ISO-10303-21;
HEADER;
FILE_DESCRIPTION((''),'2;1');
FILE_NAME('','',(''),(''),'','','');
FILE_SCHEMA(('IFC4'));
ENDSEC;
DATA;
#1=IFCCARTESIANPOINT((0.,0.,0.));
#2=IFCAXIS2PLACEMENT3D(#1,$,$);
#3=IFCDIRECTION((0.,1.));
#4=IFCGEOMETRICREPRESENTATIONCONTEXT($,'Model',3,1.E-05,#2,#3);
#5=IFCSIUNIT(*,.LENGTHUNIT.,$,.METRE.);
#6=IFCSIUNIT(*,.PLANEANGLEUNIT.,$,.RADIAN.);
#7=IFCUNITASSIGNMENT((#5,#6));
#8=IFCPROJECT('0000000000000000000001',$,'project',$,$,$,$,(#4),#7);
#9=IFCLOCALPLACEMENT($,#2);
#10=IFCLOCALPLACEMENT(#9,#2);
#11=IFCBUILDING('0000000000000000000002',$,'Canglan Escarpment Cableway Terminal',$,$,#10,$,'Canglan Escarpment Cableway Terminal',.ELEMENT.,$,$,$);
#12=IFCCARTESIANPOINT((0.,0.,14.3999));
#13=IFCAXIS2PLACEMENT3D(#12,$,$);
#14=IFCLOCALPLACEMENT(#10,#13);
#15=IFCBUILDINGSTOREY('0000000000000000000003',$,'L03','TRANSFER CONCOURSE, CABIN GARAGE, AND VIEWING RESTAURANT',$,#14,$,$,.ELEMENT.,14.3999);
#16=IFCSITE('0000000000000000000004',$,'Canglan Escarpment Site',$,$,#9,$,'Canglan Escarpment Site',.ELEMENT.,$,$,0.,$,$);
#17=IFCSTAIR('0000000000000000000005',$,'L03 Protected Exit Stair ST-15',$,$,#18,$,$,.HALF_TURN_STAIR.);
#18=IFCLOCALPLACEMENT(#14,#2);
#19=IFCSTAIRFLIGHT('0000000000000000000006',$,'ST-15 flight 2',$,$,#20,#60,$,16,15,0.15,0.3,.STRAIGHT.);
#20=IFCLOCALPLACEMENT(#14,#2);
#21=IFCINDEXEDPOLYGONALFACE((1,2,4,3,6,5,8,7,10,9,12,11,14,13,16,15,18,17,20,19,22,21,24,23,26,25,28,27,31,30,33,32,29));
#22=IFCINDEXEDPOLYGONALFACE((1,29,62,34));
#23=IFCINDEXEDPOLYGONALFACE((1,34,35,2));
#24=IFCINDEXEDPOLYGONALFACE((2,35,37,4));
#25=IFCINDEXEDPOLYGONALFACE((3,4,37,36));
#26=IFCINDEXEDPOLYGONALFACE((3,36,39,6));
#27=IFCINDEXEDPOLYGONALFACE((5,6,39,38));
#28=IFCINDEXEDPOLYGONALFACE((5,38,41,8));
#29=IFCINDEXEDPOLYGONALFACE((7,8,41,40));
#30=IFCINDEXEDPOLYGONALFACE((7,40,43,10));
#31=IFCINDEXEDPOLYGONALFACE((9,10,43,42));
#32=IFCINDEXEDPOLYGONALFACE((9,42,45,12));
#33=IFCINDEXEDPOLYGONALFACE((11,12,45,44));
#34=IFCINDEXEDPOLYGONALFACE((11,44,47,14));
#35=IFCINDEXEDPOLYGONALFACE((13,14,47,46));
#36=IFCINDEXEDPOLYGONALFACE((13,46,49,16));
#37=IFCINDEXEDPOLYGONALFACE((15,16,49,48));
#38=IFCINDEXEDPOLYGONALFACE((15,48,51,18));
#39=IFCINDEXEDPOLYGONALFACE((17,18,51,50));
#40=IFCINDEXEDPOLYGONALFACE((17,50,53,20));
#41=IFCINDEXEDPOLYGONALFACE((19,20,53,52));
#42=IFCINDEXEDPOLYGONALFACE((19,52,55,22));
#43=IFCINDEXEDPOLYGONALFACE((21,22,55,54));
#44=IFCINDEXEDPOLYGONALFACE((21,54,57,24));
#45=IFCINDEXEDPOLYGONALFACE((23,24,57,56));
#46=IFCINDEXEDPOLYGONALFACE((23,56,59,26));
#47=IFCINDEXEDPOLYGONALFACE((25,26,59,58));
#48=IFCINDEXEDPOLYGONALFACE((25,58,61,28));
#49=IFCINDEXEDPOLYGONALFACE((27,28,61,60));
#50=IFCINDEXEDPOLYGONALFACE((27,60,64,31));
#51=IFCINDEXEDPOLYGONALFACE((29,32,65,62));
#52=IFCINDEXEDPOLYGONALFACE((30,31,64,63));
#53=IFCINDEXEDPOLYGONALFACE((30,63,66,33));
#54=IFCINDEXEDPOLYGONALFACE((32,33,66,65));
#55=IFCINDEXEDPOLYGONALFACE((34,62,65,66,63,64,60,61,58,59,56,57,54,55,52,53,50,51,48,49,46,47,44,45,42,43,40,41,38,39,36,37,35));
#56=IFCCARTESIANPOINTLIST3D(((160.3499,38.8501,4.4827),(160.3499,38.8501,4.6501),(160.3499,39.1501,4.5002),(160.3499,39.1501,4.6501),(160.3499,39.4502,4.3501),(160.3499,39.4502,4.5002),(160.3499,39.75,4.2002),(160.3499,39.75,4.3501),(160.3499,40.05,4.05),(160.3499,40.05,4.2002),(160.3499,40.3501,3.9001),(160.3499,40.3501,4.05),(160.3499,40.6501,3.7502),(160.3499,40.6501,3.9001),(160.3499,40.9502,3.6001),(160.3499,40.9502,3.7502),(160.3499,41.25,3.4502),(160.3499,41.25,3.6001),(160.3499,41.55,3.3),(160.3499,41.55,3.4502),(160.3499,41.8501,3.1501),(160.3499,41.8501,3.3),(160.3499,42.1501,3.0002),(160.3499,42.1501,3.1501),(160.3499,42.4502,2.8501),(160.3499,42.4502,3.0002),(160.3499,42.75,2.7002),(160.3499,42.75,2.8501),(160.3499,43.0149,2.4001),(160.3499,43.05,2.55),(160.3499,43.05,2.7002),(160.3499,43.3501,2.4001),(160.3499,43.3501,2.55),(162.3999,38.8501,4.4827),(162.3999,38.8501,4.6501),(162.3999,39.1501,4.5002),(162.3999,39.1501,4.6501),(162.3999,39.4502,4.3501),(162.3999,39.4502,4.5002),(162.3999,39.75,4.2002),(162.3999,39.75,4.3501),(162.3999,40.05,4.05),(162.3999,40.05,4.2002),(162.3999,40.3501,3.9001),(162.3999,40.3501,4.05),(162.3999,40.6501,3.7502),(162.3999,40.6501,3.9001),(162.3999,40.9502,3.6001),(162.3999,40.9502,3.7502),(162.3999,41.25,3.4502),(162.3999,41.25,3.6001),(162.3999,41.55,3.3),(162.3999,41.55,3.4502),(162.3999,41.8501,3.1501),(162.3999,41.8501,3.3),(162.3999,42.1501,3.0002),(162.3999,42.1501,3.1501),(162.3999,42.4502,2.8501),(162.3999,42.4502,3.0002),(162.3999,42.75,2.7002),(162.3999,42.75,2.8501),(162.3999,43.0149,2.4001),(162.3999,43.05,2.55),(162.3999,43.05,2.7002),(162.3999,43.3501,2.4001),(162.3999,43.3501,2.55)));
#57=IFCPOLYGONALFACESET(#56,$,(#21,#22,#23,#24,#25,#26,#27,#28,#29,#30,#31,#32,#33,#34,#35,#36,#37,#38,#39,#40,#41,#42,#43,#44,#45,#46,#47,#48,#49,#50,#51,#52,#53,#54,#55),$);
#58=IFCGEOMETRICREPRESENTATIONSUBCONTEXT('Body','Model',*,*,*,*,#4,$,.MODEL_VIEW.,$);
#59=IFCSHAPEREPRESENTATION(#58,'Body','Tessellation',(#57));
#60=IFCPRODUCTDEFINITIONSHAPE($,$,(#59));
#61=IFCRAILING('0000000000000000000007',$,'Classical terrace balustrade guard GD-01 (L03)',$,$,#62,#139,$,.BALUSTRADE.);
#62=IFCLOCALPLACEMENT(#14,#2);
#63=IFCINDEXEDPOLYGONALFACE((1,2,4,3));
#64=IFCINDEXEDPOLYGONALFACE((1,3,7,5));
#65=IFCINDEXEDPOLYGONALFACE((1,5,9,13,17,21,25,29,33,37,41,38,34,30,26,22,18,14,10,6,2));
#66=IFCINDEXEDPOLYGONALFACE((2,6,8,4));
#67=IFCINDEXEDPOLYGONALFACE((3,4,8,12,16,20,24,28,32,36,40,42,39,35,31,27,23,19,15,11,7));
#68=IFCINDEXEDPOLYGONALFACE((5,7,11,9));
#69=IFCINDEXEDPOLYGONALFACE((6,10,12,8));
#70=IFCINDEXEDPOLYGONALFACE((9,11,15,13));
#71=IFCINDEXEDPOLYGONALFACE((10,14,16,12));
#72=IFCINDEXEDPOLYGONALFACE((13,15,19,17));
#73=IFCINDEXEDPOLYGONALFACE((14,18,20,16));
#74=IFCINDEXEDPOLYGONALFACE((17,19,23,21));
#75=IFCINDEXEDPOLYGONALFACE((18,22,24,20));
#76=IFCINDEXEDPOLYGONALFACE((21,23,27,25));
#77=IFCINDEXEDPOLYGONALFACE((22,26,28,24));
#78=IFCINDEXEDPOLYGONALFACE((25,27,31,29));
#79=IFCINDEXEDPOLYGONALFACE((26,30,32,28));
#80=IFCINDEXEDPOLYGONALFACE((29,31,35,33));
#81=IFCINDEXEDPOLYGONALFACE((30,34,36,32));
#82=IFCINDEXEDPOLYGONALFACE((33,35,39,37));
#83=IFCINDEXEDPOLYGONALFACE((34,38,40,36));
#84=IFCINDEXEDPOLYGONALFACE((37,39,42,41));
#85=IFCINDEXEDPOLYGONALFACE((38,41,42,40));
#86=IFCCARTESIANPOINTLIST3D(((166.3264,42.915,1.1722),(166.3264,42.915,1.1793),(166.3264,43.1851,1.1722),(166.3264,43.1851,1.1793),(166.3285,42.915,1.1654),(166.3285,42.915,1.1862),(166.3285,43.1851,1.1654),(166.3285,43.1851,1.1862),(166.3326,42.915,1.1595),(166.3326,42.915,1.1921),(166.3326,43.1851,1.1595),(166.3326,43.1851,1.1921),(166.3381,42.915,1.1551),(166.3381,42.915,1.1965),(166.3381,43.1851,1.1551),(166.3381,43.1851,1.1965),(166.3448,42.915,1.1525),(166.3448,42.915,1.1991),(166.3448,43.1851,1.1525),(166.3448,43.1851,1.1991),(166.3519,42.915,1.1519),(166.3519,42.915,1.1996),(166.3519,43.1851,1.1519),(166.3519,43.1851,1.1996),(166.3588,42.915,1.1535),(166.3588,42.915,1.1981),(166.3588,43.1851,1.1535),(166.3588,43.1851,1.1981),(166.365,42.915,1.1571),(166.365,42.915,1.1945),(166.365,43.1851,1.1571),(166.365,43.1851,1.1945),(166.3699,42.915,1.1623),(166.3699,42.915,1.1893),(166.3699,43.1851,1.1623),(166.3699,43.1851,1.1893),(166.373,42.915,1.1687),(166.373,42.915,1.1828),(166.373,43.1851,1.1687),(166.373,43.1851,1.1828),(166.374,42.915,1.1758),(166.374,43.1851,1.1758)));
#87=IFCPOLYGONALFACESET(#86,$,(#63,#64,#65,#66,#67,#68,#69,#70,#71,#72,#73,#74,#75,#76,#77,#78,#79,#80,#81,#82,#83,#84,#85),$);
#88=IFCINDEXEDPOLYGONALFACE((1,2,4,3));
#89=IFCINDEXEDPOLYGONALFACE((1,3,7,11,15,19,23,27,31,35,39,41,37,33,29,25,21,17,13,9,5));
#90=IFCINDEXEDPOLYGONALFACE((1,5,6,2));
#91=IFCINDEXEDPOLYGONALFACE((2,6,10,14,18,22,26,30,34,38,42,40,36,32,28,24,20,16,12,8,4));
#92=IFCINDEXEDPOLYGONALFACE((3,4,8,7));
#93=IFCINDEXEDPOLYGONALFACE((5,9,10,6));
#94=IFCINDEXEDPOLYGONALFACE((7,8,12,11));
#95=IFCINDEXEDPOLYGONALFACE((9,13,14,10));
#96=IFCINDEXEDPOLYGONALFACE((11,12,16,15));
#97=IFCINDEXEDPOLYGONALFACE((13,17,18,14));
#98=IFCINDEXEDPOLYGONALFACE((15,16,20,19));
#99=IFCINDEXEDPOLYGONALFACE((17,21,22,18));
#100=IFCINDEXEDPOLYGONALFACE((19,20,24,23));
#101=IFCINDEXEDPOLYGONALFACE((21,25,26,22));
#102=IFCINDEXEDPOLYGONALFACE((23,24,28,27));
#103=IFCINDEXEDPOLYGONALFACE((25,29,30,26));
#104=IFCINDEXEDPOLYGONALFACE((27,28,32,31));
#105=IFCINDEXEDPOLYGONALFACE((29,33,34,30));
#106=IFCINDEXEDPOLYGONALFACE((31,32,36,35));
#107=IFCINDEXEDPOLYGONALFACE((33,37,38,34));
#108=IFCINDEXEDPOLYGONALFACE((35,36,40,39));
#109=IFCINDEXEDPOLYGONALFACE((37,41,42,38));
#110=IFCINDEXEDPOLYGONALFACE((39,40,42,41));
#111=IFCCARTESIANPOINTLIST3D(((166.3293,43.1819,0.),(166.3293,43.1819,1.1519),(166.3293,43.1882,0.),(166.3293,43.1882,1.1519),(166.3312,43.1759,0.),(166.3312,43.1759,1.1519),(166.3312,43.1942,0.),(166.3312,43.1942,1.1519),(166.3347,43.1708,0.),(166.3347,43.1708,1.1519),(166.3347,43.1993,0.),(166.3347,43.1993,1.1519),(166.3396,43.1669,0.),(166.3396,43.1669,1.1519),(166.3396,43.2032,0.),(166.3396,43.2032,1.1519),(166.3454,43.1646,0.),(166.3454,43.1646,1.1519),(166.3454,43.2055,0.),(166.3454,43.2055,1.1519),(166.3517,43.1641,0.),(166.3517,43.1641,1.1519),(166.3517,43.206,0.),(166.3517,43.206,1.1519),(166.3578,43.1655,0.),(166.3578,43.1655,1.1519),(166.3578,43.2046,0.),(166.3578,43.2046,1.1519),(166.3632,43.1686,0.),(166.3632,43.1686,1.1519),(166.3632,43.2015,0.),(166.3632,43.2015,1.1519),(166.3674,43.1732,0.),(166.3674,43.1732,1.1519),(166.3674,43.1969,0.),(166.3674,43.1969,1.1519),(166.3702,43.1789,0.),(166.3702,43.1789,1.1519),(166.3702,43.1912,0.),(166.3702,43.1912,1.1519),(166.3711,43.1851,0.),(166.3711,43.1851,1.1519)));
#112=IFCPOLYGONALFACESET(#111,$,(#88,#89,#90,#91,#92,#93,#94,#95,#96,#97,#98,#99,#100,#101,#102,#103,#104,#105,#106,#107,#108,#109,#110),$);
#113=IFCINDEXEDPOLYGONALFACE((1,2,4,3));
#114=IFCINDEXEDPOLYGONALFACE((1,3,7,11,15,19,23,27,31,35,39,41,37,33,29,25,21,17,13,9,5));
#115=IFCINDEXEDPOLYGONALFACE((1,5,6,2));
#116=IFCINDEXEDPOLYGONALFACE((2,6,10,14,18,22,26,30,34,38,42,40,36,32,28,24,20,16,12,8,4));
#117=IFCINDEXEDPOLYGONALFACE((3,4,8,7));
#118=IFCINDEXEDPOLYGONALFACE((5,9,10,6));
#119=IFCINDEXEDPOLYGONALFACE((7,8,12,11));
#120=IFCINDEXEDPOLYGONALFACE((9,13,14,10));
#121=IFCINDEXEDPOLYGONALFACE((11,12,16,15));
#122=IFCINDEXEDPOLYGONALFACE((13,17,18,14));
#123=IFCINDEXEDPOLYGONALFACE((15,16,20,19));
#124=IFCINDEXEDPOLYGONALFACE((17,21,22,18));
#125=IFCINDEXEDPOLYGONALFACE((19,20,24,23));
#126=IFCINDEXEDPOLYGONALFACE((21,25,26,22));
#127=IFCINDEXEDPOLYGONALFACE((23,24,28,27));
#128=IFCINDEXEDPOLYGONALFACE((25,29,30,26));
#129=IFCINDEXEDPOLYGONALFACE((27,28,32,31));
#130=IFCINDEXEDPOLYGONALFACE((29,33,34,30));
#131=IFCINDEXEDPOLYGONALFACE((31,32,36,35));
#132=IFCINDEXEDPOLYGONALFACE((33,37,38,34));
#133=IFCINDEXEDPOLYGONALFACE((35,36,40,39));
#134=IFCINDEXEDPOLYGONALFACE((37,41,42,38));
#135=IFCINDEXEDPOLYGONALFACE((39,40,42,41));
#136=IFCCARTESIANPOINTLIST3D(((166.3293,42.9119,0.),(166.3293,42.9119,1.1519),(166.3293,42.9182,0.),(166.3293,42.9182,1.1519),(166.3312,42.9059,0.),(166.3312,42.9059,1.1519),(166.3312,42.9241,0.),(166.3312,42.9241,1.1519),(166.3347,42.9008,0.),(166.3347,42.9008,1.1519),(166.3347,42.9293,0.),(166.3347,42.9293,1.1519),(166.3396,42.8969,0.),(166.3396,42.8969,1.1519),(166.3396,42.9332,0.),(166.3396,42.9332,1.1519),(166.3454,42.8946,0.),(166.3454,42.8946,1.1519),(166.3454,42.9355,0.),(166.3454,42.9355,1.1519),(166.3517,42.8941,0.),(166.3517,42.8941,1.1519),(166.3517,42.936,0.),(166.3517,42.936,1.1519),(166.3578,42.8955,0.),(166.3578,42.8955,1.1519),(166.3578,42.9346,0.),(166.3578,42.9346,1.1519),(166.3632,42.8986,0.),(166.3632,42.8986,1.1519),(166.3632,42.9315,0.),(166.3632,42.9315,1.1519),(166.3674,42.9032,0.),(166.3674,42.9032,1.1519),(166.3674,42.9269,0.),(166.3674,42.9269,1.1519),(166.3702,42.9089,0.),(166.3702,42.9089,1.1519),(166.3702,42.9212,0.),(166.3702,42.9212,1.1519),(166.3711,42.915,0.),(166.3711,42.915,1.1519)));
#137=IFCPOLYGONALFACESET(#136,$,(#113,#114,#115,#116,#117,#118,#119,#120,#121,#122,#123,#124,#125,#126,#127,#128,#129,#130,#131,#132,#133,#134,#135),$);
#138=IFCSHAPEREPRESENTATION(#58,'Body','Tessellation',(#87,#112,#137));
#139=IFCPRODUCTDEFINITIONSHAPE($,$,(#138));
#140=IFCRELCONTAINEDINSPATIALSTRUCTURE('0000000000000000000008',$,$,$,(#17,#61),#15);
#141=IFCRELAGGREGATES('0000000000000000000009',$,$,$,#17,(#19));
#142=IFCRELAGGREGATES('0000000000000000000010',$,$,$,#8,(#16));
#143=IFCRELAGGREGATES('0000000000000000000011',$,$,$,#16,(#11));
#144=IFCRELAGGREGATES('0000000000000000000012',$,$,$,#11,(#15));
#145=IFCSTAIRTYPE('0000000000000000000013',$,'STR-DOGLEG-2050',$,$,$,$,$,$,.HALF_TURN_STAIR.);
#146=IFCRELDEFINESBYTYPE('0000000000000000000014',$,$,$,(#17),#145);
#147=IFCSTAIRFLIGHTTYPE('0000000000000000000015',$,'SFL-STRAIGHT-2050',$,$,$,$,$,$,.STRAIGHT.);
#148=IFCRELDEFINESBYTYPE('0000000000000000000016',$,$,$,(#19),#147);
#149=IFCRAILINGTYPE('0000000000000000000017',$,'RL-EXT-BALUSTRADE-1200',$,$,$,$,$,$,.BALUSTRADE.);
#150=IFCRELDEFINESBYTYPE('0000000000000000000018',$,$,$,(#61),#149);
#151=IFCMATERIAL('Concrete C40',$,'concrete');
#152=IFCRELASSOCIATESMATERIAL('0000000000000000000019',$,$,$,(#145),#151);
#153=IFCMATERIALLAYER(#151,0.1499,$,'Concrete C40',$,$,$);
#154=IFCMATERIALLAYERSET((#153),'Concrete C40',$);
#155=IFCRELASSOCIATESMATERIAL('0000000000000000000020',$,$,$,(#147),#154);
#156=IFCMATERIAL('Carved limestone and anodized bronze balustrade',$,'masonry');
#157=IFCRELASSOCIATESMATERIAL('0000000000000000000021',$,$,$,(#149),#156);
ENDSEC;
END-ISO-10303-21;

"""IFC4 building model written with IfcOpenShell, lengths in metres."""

from ifc_helpers import new_model, si_unit, direction, frame, origin, origin_2d, place, context, subcontext, project, spatial, polyline, circle, outline, extrude, material, layer, layer_set, type_object, element, aggregate, save


model = new_model("IFC4")

# Units and contexts
model_context = context("Model", 3, precision=1e-05, world=origin(), true_north=direction((0.0, 1.0)))
body_context = subcontext(model_context, "Body", "Model", "MODEL_VIEW")
ifc_project = project(units=[si_unit("LENGTHUNIT", "METRE"), si_unit("PLANEANGLEUNIT", "RADIAN")], contexts=[model_context])

# Site, building, storey
site_placement = place(None, origin())
site = spatial("IfcSite", under=ifc_project, at=site_placement, Name="Canglan Escarpment Site", LongName="Canglan Escarpment Site", CompositionType="ELEMENT", RefElevation=0.0)
building_placement = place(site_placement, origin())
building = spatial("IfcBuilding", under=site, at=building_placement, Name="Canglan Escarpment Cableway Terminal", LongName="Canglan Escarpment Cableway Terminal", CompositionType="ELEMENT")
storey_placement = place(building_placement, frame((0.0, 0.0, 14.3999)))
storey = spatial("IfcBuildingStorey", under=building, at=storey_placement, Name="L03", Description="TRANSFER CONCOURSE, CABIN GARAGE, AND VIEWING RESTAURANT", CompositionType="ELEMENT", Elevation=14.3999)

# Shared definitions
ifc_material_1 = material(Name="Concrete C40", Category="concrete")

# Stair, stair flight
stair_type = type_object("IfcStairType", Name="STR-DOGLEG-2050", PredefinedType="HALF_TURN_STAIR", material=ifc_material_1)
stair_placement = place(storey_placement, origin())
stair = element("IfcStair", 1, at=stair_placement, inside=storey, type_object=stair_type, Name="L03 Protected Exit Stair ST-15", PredefinedType="HALF_TURN_STAIR")
ifc_layer_1 = layer(ifc_material_1, 0.1499, Name="Concrete C40")
ifc_layer_set_1 = layer_set([ifc_layer_1], Name="Concrete C40")
stair_flight_type = type_object("IfcStairFlightType", Name="SFL-STRAIGHT-2050", PredefinedType="STRAIGHT", material=ifc_layer_set_1)
stair_flight_placement = place(storey_placement, frame((161.375, 43.3501, 2.4001), z_axis=(0.0, 0.0, 1.0), x_axis=(0.0, -1.0, 0.0)))
stair_flight = element("IfcStairFlight", 2, at=stair_flight_placement, type_object=stair_flight_type, Name="ST-15 flight 2", NumberOfRisers=16, NumberOfTreads=15, PredefinedType="STRAIGHT", RiserHeight=0.15, TreadLength=0.3, context=body_context, shape_type="SweptSolid", body=[
    extrude(outline(polyline([(0.0, 0.0), (0.0, 0.1499), (0.3, 0.1499), (0.3, 0.3), (0.6001, 0.3), (0.6001, 0.45), (0.8999, 0.45), (0.8999, 0.6001), (1.2, 0.6001), (1.2, 0.75), (1.5, 0.75), (1.5, 0.8999), (1.8, 0.8999), (1.8, 1.05), (2.1001, 1.05), (2.1001, 1.2), (2.3999, 1.2), (2.3999, 1.3501), (2.7, 1.3501), (2.7, 1.5), (3.0, 1.5), (3.0, 1.6499), (3.3, 1.6499), (3.3, 1.8), (3.6001, 1.8), (3.6001, 1.95), (3.8999, 1.95), (3.8999, 2.1001), (4.2, 2.1001), (4.2, 2.25), (4.5, 2.25), (4.5, 2.3999), (4.5, 2.0825), (0.3352, 0.0), (0.0, 0.0)])), frame((0.0, 1.0249, 0.0), z_axis=(0.0, -1.0, 0.0), x_axis=(1.0, 0.0, 0.0)), (0.0, 0.0, 1.0), 2.05),
])
aggregate(stair, [stair_flight])

# Railing
ifc_material_2 = material(Name="Carved limestone and anodized bronze balustrade", Category="masonry")
railing_type_1 = type_object("IfcRailingType", Name="RL-EXT-BALUSTRADE-1200", PredefinedType="BALUSTRADE", material=ifc_material_2)
railing_1_placement = place(storey_placement, frame((166.3501, 43.1851, 0.0)))
element("IfcRailing", 3, at=railing_1_placement, inside=storey, type_object=railing_type_1, Name="Classical terrace balustrade guard GD-01 (L03)", PredefinedType="BALUSTRADE", context=body_context, shape_type="SweptSolid", body=[
    extrude(circle(Radius=0.0239, at=origin_2d()), frame((0.0, 0.0, 1.1758), z_axis=(0.0, -1.0, 0.0), x_axis=(1.0, 0.0, 0.0)), (0.0, 0.0, 1.0), 0.27),
    extrude(circle(Radius=0.021, at=origin_2d()), origin(), (0.0, 0.0, 1.0), 1.1519),
    extrude(circle(Radius=0.021, at=origin_2d()), frame((0.0, -0.27, 0.0)), (0.0, 0.0, 1.0), 1.1519),
])

save(model, "model.ifc")
